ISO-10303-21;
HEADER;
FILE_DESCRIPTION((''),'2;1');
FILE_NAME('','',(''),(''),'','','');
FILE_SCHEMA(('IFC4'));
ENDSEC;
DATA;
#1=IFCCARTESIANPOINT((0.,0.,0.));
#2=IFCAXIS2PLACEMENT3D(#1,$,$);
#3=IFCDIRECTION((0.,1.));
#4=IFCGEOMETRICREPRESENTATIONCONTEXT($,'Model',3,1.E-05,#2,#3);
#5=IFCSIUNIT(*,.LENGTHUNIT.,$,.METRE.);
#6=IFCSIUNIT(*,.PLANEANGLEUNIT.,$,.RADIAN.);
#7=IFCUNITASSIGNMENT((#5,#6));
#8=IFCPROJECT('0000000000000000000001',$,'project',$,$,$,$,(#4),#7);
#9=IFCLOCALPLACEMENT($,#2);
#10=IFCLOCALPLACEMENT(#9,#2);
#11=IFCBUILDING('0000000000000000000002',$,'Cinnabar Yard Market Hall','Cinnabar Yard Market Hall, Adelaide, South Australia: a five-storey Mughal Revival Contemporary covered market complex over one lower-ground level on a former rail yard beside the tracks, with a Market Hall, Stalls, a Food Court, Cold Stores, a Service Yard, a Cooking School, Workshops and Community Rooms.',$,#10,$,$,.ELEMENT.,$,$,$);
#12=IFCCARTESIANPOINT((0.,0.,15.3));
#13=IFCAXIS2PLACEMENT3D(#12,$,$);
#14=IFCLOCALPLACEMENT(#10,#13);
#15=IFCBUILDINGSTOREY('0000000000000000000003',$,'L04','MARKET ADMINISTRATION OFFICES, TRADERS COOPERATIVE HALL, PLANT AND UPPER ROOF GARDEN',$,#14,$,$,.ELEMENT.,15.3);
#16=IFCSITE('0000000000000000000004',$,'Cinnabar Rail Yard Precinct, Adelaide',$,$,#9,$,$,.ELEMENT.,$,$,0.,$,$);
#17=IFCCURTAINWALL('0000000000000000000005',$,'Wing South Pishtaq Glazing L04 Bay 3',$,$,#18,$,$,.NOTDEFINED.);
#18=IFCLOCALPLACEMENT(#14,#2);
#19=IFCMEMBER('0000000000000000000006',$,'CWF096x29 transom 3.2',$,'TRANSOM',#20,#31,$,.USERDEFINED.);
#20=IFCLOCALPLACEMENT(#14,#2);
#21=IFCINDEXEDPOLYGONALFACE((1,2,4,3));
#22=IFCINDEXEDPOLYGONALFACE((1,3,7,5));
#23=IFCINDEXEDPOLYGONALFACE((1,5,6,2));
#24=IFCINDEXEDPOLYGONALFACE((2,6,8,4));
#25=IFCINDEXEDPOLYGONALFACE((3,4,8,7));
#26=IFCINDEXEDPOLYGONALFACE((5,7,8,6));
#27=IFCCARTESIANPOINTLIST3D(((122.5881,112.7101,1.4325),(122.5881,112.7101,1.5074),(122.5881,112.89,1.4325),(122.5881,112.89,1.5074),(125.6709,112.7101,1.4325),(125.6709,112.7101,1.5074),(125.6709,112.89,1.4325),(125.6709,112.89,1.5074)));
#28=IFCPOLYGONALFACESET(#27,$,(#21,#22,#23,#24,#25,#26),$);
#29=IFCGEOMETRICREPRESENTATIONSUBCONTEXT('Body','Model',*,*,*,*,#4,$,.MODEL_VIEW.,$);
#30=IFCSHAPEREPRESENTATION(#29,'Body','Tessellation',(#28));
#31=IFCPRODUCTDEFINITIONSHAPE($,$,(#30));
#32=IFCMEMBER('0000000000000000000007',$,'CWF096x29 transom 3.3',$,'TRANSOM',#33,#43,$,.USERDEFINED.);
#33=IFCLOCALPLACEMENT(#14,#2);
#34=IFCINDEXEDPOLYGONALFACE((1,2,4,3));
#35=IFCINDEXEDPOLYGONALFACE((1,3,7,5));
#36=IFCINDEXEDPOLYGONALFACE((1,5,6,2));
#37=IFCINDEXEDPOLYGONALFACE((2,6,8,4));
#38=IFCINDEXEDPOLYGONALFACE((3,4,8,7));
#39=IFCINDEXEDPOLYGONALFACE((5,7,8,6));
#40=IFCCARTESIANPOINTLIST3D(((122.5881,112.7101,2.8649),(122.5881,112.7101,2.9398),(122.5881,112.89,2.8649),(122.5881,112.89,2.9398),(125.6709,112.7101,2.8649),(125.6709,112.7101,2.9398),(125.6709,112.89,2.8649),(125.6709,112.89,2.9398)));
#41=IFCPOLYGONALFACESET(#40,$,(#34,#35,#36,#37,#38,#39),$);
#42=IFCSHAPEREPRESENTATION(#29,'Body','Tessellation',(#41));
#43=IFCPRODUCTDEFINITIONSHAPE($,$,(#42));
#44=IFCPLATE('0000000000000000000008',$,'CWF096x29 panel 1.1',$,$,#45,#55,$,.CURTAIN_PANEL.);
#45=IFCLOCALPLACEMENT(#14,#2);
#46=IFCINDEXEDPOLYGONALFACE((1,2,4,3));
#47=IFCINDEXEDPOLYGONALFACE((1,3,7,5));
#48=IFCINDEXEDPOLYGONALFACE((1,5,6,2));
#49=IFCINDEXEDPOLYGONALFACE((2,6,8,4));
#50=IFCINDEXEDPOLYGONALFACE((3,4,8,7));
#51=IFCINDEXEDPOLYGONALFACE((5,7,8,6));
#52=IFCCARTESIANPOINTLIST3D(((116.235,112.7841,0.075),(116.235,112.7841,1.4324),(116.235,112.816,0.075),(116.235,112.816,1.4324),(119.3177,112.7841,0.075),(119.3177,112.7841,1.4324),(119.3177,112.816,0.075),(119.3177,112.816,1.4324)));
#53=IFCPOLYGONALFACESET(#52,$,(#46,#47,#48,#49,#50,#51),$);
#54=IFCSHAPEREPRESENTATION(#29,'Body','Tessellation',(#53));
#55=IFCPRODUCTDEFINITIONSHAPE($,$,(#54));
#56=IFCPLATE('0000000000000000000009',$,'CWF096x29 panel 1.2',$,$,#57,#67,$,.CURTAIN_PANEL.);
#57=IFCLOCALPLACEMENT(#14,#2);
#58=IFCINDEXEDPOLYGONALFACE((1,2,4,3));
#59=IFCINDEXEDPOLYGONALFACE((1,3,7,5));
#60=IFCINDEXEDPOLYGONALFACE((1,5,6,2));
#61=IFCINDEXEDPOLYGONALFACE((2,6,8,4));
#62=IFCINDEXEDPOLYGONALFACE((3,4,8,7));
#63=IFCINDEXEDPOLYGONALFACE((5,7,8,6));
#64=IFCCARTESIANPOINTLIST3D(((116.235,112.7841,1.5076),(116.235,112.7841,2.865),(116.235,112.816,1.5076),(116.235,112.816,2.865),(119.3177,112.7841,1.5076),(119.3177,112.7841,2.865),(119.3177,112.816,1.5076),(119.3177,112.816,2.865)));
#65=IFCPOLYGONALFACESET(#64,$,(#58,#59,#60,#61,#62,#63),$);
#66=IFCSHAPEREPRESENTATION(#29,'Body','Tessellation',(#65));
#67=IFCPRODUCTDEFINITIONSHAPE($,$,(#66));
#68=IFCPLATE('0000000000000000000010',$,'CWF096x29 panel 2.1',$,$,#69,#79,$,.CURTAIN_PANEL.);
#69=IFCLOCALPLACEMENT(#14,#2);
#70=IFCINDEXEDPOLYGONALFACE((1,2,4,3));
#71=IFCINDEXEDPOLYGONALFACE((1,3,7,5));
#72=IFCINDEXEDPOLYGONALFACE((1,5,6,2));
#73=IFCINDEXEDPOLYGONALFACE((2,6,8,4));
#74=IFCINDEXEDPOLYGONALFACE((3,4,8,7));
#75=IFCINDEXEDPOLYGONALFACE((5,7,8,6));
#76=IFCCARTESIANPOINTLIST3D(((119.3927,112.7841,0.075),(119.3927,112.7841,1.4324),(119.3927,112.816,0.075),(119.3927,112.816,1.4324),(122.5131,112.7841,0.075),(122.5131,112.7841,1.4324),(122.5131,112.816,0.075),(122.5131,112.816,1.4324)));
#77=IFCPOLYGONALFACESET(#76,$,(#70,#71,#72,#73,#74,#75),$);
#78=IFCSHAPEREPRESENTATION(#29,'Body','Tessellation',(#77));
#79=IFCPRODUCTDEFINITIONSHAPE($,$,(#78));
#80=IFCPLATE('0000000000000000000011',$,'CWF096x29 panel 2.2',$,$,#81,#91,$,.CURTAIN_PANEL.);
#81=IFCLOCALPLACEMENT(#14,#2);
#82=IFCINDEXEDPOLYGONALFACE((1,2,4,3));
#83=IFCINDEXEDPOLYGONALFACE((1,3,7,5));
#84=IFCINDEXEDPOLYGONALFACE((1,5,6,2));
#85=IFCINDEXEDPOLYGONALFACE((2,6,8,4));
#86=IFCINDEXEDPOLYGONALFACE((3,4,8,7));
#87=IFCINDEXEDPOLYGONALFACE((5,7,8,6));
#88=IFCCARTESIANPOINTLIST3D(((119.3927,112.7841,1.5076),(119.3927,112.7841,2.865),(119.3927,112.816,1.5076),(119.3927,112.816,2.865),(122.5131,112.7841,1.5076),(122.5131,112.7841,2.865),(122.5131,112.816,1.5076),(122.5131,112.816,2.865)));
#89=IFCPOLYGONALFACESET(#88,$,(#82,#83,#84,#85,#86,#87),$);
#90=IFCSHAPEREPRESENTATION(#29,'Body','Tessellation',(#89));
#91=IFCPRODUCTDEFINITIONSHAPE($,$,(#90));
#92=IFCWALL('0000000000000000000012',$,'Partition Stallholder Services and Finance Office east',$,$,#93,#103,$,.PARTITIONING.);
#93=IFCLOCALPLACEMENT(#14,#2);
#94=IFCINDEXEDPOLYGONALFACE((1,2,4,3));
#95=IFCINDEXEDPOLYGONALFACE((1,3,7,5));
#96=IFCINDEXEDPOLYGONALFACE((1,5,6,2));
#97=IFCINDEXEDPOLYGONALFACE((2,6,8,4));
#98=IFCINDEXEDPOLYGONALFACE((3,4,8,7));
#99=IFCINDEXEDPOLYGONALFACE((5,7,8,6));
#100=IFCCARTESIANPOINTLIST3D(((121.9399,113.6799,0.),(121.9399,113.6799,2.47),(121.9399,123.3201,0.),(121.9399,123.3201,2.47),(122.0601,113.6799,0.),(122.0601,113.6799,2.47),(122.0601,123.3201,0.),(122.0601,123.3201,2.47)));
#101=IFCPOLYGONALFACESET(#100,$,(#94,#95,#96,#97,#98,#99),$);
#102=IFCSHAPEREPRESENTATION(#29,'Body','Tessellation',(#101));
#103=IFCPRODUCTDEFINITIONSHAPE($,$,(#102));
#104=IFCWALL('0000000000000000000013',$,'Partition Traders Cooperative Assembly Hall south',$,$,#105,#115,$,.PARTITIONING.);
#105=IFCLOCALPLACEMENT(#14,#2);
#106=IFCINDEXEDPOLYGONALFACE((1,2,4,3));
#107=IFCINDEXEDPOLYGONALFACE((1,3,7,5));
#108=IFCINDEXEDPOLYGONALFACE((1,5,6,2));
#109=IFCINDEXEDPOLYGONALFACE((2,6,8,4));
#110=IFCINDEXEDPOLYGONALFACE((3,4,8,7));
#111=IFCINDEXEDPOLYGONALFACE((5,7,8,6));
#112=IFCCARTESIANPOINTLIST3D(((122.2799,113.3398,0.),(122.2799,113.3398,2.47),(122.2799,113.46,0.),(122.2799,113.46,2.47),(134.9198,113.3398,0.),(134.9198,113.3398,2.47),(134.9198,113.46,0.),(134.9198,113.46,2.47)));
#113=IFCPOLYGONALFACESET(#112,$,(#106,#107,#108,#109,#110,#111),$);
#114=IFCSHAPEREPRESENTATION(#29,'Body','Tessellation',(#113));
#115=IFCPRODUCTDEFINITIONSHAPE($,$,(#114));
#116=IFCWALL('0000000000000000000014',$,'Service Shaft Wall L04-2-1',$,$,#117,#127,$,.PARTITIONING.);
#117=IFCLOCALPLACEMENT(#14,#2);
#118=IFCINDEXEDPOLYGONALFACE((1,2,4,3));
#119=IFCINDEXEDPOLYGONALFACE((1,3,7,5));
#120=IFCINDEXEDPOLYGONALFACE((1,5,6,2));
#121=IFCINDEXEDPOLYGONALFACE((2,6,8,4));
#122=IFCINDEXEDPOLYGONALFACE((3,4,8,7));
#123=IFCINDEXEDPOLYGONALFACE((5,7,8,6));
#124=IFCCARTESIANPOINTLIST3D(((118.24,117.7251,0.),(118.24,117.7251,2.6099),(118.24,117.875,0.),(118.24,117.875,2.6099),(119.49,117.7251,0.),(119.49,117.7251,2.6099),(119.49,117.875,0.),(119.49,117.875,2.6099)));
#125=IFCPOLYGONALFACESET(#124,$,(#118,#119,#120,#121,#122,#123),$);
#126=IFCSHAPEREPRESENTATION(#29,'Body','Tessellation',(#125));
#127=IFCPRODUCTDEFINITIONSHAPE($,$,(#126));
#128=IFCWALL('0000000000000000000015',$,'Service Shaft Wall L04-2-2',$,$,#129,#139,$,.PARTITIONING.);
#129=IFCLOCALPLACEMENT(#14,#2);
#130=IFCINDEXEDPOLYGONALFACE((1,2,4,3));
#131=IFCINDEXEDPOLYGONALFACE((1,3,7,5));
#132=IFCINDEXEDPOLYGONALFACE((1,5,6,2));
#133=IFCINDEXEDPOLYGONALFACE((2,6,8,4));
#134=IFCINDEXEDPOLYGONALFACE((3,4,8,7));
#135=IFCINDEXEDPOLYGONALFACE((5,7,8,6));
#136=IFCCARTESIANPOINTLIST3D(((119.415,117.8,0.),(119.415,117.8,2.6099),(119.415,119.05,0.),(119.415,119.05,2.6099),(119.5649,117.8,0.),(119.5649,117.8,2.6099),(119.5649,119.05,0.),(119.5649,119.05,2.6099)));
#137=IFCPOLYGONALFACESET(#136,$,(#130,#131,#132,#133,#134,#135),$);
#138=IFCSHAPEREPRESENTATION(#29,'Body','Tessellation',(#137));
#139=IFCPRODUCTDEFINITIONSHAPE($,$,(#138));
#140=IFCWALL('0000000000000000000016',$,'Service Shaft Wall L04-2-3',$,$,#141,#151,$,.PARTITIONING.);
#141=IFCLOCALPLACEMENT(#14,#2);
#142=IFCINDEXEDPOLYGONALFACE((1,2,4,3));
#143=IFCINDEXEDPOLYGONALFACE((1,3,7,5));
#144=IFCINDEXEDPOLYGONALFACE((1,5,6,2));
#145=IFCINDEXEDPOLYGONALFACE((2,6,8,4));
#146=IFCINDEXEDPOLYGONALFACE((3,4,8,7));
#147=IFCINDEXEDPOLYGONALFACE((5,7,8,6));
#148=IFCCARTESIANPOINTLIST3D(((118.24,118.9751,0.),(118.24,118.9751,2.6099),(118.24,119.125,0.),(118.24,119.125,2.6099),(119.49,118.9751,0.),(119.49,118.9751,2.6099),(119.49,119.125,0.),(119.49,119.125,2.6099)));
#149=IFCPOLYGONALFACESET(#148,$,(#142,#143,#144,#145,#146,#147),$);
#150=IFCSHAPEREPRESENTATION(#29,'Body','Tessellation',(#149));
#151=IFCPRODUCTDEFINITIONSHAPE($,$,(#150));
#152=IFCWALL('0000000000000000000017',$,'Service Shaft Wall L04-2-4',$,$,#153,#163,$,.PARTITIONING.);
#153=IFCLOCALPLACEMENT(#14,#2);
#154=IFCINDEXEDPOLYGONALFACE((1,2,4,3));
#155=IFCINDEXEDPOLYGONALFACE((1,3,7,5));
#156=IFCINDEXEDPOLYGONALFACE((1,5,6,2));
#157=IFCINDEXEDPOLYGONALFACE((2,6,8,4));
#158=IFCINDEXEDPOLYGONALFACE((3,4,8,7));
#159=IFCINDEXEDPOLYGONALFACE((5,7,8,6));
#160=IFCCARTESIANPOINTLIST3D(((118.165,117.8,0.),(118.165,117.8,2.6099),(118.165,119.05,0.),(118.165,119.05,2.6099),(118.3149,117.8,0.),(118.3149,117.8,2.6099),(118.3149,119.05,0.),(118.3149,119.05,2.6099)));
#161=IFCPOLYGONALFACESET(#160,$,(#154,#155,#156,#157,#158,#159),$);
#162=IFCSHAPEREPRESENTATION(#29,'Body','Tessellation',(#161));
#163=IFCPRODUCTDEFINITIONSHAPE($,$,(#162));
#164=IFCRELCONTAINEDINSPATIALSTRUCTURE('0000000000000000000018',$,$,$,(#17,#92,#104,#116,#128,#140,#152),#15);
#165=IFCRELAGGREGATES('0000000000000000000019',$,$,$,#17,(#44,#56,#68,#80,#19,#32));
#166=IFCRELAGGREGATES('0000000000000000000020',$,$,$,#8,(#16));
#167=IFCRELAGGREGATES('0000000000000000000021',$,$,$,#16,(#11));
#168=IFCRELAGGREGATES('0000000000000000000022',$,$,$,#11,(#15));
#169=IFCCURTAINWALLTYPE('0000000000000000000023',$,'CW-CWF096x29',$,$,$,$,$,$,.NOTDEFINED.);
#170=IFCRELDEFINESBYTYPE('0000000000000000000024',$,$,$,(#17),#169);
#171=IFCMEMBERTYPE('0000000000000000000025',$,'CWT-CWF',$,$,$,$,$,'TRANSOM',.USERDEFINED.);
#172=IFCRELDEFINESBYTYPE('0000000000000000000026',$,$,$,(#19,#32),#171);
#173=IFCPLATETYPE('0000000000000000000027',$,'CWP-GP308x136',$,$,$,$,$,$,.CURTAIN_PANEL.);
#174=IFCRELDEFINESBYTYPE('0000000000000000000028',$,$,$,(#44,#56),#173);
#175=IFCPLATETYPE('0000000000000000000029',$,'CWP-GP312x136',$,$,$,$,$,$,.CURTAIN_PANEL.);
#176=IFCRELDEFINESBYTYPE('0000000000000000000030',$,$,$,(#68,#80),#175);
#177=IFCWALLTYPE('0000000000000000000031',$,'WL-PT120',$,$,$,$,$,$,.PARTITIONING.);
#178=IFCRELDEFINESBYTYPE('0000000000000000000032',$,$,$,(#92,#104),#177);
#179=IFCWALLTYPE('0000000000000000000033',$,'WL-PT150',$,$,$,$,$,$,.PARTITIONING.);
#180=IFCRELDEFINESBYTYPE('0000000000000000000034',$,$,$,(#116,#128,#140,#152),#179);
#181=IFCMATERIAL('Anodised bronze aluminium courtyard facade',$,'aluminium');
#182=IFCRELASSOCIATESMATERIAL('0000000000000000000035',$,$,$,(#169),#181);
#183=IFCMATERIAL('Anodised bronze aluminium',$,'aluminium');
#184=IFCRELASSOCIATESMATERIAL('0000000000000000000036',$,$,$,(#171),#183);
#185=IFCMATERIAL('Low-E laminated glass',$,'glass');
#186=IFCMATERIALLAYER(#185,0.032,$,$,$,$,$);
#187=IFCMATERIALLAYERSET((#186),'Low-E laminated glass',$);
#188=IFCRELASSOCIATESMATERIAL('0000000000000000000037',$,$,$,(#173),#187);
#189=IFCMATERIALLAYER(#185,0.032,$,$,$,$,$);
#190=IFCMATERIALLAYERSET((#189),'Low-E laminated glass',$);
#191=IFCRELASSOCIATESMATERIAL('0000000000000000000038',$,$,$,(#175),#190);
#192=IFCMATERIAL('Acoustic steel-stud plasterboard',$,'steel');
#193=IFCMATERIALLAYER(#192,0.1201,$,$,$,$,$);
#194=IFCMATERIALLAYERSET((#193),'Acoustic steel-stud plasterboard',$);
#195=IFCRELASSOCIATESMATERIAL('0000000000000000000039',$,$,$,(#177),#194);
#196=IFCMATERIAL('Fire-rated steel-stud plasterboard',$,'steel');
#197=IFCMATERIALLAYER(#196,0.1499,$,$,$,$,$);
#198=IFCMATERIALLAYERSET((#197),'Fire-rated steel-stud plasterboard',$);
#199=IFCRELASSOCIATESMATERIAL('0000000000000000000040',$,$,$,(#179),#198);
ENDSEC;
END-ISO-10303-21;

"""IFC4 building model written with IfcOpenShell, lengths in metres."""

from ifc_helpers import new_model, si_unit, direction, frame, frame_2d, origin, origin_2d_with_axis, place, context, subcontext, project, spatial, rectangle, extrude, material, layer, layer_set, material_profile, profile_set, type_object, element, aggregate, save


model = new_model("IFC4")

# Units and contexts
model_context = context("Model", 3, precision=1e-05, world=origin(), true_north=direction((0.0, 1.0)))
body_context = subcontext(model_context, "Body", "Model", "MODEL_VIEW")
ifc_project = project(units=[si_unit("LENGTHUNIT", "METRE"), si_unit("PLANEANGLEUNIT", "RADIAN")], contexts=[model_context])

# Site, building, storey
site_placement = place(None, origin())
site = spatial("IfcSite", under=ifc_project, at=site_placement, Name="Cinnabar Rail Yard Precinct, Adelaide", CompositionType="ELEMENT", RefElevation=0.0)
building_placement = place(site_placement, origin())
building = spatial("IfcBuilding", under=site, at=building_placement, Name="Cinnabar Yard Market Hall", Description="Cinnabar Yard Market Hall, Adelaide, South Australia: a five-storey Mughal Revival Contemporary covered market complex over one lower-ground level on a former rail yard beside the tracks, with a Market Hall, Stalls, a Food Court, Cold Stores, a Service Yard, a Cooking School, Workshops and Community Rooms.", CompositionType="ELEMENT")
storey_placement = place(building_placement, frame((0.0, 0.0, 15.3)))
storey = spatial("IfcBuildingStorey", under=building, at=storey_placement, Name="L04", Description="MARKET ADMINISTRATION OFFICES, TRADERS COOPERATIVE HALL, PLANT AND UPPER ROOF GARDEN", CompositionType="ELEMENT", Elevation=15.3)

# Shared definitions
ifc_material_1 = material(Name="Anodised bronze aluminium courtyard facade", Category="aluminium")
ifc_material_2 = material(Name="Anodised bronze aluminium", Category="aluminium")

# Curtain wall, members, plates
curtain_wall_type_1 = type_object("IfcCurtainWallType", Name="CW-CWF096x29", PredefinedType="NOTDEFINED", material=ifc_material_1)
curtain_wall_1_placement = place(storey_placement, origin())
curtain_wall_1 = element("IfcCurtainWall", 1, at=curtain_wall_1_placement, inside=storey, type_object=curtain_wall_type_1, Name="Wing South Pishtaq Glazing L04 Bay 3", PredefinedType="NOTDEFINED")
ifc_material_profile_1 = material_profile(ifc_material_2, rectangle(XDim=0.1799, YDim=0.075, at=origin_2d_with_axis()), Name="TRN-CWF")
ifc_profile_set_1 = profile_set([ifc_material_profile_1], Name="Anodised bronze aluminium")
member_type_1 = type_object("IfcMemberType", Name="CWT-CWF", ElementType="TRANSOM", PredefinedType="USERDEFINED", material=ifc_profile_set_1)
member_1_placement = place(storey_placement, frame((122.5881, 112.8, 1.47), z_axis=(1.0, 0.0, 0.0), x_axis=(0.0, 1.0, 0.0)))
member_1 = element("IfcMember", 2, at=member_1_placement, type_object=member_type_1, Name="CWF096x29 transom 3.2", ObjectType="TRANSOM", PredefinedType="USERDEFINED", context=body_context, shape_type="SweptSolid", body=[
    extrude(rectangle(XDim=0.1799, YDim=0.075, at=origin_2d_with_axis()), origin(), (0.0, 0.0, 1.0), 3.0828),
])
member_2_placement = place(storey_placement, frame((122.5881, 112.8, 2.9023), z_axis=(1.0, 0.0, 0.0), x_axis=(0.0, 1.0, 0.0)))
member_2 = element("IfcMember", 3, at=member_2_placement, type_object=member_type_1, Name="CWF096x29 transom 3.3", ObjectType="TRANSOM", PredefinedType="USERDEFINED", context=body_context, shape_type="SweptSolid", body=[
    extrude(rectangle(XDim=0.1799, YDim=0.075, at=origin_2d_with_axis()), origin(), (0.0, 0.0, 1.0), 3.0828),
])
ifc_material_3 = material(Name="Low-E laminated glass", Category="glass")
ifc_layer_1 = layer(ifc_material_3, 0.032)
ifc_layer_set_1 = layer_set([ifc_layer_1], Name="Low-E laminated glass")
plate_type_1 = type_object("IfcPlateType", Name="CWP-GP308x136", PredefinedType="CURTAIN_PANEL", material=ifc_layer_set_1)
plate_1_placement = place(storey_placement, frame((117.7764, 112.8, 0.075), z_axis=(0.0, 0.0, 1.0), x_axis=(1.0, 0.0, 0.0)))
plate_1 = element("IfcPlate", 4, at=plate_1_placement, type_object=plate_type_1, Name="CWF096x29 panel 1.1", PredefinedType="CURTAIN_PANEL", context=body_context, shape_type="SweptSolid", body=[
    extrude(rectangle(XDim=3.0828, YDim=0.032, at=origin_2d_with_axis()), origin(), (0.0, 0.0, 1.0), 1.3574),
])
plate_2_placement = place(storey_placement, frame((117.7764, 112.8, 1.5076), z_axis=(0.0, 0.0, 1.0), x_axis=(1.0, 0.0, 0.0)))
plate_2 = element("IfcPlate", 5, at=plate_2_placement, type_object=plate_type_1, Name="CWF096x29 panel 1.2", PredefinedType="CURTAIN_PANEL", context=body_context, shape_type="SweptSolid", body=[
    extrude(rectangle(XDim=3.0828, YDim=0.032, at=origin_2d_with_axis()), origin(), (0.0, 0.0, 1.0), 1.3574),
])
ifc_layer_2 = layer(ifc_material_3, 0.032)
ifc_layer_set_2 = layer_set([ifc_layer_2], Name="Low-E laminated glass")
plate_type_2 = type_object("IfcPlateType", Name="CWP-GP312x136", PredefinedType="CURTAIN_PANEL", material=ifc_layer_set_2)
plate_3_placement = place(storey_placement, frame((120.9529, 112.8, 0.075), z_axis=(0.0, 0.0, 1.0), x_axis=(1.0, 0.0, 0.0)))
plate_3 = element("IfcPlate", 6, at=plate_3_placement, type_object=plate_type_2, Name="CWF096x29 panel 2.1", PredefinedType="CURTAIN_PANEL", context=body_context, shape_type="SweptSolid", body=[
    extrude(rectangle(XDim=3.1204, YDim=0.032, at=origin_2d_with_axis()), origin(), (0.0, 0.0, 1.0), 1.3574),
])
plate_4_placement = place(storey_placement, frame((120.9529, 112.8, 1.5076), z_axis=(0.0, 0.0, 1.0), x_axis=(1.0, 0.0, 0.0)))
plate_4 = element("IfcPlate", 7, at=plate_4_placement, type_object=plate_type_2, Name="CWF096x29 panel 2.2", PredefinedType="CURTAIN_PANEL", context=body_context, shape_type="SweptSolid", body=[
    extrude(rectangle(XDim=3.1204, YDim=0.032, at=origin_2d_with_axis()), origin(), (0.0, 0.0, 1.0), 1.3574),
])
aggregate(curtain_wall_1, [plate_1, plate_2, plate_3, plate_4, member_1, member_2])

# Walls
ifc_material_4 = material(Name="Acoustic steel-stud plasterboard", Category="steel")
ifc_layer_3 = layer(ifc_material_4, 0.1201)
ifc_layer_set_3 = layer_set([ifc_layer_3], Name="Acoustic steel-stud plasterboard")
wall_type_1 = type_object("IfcWallType", Name="WL-PT120", PredefinedType="PARTITIONING", material=ifc_layer_set_3)
wall_1_placement = place(storey_placement, frame((122.0, 113.6799, 0.0), z_axis=(0.0, 0.0, 1.0), x_axis=(0.0, 1.0, 0.0)))
element("IfcWall", 8, at=wall_1_placement, inside=storey, type_object=wall_type_1, Name="Partition Stallholder Services and Finance Office east", PredefinedType="PARTITIONING", context=body_context, shape_type="SweptSolid", body=[
    extrude(rectangle(XDim=9.6401, YDim=0.1201, at=frame_2d((4.8201, 0.0), x_axis=(1.0, 0.0))), origin(), (0.0, 0.0, 1.0), 2.47),
])
wall_2_placement = place(storey_placement, frame((122.28, 113.3999, 0.0), z_axis=(0.0, 0.0, 1.0), x_axis=(1.0, 0.0, 0.0)))
element("IfcWall", 9, at=wall_2_placement, inside=storey, type_object=wall_type_1, Name="Partition Traders Cooperative Assembly Hall south", PredefinedType="PARTITIONING", context=body_context, shape_type="SweptSolid", body=[
    extrude(rectangle(XDim=12.6399, YDim=0.1201, at=frame_2d((6.3198, 0.0), x_axis=(1.0, 0.0))), origin(), (0.0, 0.0, 1.0), 2.47),
])
ifc_material_5 = material(Name="Fire-rated steel-stud plasterboard", Category="steel")
ifc_layer_4 = layer(ifc_material_5, 0.1499)
ifc_layer_set_4 = layer_set([ifc_layer_4], Name="Fire-rated steel-stud plasterboard")
wall_type_2 = type_object("IfcWallType", Name="WL-PT150", PredefinedType="PARTITIONING", material=ifc_layer_set_4)
for number, where, z_axis, x_axis, name in (
    (10, (118.24, 117.8, 0.0), (0.0, 0.0, 1.0), (1.0, 0.0, 0.0), "Service Shaft Wall L04-2-1"),
    (11, (119.49, 117.8, 0.0), (0.0, 0.0, 1.0), (0.0, 1.0, 0.0), "Service Shaft Wall L04-2-2"),
    (12, (119.49, 119.05, 0.0), (0.0, 0.0, 1.0), (-1.0, 0.0, 0.0), "Service Shaft Wall L04-2-3"),
    (13, (118.24, 119.05, 0.0), (0.0, 0.0, 1.0), (0.0, -1.0, 0.0), "Service Shaft Wall L04-2-4"),
):
    element("IfcWall", number, at=place(storey_placement, frame(where, z_axis=z_axis, x_axis=x_axis)), inside=storey, type_object=wall_type_2, Name=name, PredefinedType="PARTITIONING", context=body_context, shape_type="SweptSolid", body=[
        extrude(rectangle(XDim=1.25, YDim=0.1499, at=frame_2d((0.625, 0.0), x_axis=(1.0, 0.0))), origin(), (0.0, 0.0, 1.0), 2.6099),
    ])

save(model, "model.ifc")
